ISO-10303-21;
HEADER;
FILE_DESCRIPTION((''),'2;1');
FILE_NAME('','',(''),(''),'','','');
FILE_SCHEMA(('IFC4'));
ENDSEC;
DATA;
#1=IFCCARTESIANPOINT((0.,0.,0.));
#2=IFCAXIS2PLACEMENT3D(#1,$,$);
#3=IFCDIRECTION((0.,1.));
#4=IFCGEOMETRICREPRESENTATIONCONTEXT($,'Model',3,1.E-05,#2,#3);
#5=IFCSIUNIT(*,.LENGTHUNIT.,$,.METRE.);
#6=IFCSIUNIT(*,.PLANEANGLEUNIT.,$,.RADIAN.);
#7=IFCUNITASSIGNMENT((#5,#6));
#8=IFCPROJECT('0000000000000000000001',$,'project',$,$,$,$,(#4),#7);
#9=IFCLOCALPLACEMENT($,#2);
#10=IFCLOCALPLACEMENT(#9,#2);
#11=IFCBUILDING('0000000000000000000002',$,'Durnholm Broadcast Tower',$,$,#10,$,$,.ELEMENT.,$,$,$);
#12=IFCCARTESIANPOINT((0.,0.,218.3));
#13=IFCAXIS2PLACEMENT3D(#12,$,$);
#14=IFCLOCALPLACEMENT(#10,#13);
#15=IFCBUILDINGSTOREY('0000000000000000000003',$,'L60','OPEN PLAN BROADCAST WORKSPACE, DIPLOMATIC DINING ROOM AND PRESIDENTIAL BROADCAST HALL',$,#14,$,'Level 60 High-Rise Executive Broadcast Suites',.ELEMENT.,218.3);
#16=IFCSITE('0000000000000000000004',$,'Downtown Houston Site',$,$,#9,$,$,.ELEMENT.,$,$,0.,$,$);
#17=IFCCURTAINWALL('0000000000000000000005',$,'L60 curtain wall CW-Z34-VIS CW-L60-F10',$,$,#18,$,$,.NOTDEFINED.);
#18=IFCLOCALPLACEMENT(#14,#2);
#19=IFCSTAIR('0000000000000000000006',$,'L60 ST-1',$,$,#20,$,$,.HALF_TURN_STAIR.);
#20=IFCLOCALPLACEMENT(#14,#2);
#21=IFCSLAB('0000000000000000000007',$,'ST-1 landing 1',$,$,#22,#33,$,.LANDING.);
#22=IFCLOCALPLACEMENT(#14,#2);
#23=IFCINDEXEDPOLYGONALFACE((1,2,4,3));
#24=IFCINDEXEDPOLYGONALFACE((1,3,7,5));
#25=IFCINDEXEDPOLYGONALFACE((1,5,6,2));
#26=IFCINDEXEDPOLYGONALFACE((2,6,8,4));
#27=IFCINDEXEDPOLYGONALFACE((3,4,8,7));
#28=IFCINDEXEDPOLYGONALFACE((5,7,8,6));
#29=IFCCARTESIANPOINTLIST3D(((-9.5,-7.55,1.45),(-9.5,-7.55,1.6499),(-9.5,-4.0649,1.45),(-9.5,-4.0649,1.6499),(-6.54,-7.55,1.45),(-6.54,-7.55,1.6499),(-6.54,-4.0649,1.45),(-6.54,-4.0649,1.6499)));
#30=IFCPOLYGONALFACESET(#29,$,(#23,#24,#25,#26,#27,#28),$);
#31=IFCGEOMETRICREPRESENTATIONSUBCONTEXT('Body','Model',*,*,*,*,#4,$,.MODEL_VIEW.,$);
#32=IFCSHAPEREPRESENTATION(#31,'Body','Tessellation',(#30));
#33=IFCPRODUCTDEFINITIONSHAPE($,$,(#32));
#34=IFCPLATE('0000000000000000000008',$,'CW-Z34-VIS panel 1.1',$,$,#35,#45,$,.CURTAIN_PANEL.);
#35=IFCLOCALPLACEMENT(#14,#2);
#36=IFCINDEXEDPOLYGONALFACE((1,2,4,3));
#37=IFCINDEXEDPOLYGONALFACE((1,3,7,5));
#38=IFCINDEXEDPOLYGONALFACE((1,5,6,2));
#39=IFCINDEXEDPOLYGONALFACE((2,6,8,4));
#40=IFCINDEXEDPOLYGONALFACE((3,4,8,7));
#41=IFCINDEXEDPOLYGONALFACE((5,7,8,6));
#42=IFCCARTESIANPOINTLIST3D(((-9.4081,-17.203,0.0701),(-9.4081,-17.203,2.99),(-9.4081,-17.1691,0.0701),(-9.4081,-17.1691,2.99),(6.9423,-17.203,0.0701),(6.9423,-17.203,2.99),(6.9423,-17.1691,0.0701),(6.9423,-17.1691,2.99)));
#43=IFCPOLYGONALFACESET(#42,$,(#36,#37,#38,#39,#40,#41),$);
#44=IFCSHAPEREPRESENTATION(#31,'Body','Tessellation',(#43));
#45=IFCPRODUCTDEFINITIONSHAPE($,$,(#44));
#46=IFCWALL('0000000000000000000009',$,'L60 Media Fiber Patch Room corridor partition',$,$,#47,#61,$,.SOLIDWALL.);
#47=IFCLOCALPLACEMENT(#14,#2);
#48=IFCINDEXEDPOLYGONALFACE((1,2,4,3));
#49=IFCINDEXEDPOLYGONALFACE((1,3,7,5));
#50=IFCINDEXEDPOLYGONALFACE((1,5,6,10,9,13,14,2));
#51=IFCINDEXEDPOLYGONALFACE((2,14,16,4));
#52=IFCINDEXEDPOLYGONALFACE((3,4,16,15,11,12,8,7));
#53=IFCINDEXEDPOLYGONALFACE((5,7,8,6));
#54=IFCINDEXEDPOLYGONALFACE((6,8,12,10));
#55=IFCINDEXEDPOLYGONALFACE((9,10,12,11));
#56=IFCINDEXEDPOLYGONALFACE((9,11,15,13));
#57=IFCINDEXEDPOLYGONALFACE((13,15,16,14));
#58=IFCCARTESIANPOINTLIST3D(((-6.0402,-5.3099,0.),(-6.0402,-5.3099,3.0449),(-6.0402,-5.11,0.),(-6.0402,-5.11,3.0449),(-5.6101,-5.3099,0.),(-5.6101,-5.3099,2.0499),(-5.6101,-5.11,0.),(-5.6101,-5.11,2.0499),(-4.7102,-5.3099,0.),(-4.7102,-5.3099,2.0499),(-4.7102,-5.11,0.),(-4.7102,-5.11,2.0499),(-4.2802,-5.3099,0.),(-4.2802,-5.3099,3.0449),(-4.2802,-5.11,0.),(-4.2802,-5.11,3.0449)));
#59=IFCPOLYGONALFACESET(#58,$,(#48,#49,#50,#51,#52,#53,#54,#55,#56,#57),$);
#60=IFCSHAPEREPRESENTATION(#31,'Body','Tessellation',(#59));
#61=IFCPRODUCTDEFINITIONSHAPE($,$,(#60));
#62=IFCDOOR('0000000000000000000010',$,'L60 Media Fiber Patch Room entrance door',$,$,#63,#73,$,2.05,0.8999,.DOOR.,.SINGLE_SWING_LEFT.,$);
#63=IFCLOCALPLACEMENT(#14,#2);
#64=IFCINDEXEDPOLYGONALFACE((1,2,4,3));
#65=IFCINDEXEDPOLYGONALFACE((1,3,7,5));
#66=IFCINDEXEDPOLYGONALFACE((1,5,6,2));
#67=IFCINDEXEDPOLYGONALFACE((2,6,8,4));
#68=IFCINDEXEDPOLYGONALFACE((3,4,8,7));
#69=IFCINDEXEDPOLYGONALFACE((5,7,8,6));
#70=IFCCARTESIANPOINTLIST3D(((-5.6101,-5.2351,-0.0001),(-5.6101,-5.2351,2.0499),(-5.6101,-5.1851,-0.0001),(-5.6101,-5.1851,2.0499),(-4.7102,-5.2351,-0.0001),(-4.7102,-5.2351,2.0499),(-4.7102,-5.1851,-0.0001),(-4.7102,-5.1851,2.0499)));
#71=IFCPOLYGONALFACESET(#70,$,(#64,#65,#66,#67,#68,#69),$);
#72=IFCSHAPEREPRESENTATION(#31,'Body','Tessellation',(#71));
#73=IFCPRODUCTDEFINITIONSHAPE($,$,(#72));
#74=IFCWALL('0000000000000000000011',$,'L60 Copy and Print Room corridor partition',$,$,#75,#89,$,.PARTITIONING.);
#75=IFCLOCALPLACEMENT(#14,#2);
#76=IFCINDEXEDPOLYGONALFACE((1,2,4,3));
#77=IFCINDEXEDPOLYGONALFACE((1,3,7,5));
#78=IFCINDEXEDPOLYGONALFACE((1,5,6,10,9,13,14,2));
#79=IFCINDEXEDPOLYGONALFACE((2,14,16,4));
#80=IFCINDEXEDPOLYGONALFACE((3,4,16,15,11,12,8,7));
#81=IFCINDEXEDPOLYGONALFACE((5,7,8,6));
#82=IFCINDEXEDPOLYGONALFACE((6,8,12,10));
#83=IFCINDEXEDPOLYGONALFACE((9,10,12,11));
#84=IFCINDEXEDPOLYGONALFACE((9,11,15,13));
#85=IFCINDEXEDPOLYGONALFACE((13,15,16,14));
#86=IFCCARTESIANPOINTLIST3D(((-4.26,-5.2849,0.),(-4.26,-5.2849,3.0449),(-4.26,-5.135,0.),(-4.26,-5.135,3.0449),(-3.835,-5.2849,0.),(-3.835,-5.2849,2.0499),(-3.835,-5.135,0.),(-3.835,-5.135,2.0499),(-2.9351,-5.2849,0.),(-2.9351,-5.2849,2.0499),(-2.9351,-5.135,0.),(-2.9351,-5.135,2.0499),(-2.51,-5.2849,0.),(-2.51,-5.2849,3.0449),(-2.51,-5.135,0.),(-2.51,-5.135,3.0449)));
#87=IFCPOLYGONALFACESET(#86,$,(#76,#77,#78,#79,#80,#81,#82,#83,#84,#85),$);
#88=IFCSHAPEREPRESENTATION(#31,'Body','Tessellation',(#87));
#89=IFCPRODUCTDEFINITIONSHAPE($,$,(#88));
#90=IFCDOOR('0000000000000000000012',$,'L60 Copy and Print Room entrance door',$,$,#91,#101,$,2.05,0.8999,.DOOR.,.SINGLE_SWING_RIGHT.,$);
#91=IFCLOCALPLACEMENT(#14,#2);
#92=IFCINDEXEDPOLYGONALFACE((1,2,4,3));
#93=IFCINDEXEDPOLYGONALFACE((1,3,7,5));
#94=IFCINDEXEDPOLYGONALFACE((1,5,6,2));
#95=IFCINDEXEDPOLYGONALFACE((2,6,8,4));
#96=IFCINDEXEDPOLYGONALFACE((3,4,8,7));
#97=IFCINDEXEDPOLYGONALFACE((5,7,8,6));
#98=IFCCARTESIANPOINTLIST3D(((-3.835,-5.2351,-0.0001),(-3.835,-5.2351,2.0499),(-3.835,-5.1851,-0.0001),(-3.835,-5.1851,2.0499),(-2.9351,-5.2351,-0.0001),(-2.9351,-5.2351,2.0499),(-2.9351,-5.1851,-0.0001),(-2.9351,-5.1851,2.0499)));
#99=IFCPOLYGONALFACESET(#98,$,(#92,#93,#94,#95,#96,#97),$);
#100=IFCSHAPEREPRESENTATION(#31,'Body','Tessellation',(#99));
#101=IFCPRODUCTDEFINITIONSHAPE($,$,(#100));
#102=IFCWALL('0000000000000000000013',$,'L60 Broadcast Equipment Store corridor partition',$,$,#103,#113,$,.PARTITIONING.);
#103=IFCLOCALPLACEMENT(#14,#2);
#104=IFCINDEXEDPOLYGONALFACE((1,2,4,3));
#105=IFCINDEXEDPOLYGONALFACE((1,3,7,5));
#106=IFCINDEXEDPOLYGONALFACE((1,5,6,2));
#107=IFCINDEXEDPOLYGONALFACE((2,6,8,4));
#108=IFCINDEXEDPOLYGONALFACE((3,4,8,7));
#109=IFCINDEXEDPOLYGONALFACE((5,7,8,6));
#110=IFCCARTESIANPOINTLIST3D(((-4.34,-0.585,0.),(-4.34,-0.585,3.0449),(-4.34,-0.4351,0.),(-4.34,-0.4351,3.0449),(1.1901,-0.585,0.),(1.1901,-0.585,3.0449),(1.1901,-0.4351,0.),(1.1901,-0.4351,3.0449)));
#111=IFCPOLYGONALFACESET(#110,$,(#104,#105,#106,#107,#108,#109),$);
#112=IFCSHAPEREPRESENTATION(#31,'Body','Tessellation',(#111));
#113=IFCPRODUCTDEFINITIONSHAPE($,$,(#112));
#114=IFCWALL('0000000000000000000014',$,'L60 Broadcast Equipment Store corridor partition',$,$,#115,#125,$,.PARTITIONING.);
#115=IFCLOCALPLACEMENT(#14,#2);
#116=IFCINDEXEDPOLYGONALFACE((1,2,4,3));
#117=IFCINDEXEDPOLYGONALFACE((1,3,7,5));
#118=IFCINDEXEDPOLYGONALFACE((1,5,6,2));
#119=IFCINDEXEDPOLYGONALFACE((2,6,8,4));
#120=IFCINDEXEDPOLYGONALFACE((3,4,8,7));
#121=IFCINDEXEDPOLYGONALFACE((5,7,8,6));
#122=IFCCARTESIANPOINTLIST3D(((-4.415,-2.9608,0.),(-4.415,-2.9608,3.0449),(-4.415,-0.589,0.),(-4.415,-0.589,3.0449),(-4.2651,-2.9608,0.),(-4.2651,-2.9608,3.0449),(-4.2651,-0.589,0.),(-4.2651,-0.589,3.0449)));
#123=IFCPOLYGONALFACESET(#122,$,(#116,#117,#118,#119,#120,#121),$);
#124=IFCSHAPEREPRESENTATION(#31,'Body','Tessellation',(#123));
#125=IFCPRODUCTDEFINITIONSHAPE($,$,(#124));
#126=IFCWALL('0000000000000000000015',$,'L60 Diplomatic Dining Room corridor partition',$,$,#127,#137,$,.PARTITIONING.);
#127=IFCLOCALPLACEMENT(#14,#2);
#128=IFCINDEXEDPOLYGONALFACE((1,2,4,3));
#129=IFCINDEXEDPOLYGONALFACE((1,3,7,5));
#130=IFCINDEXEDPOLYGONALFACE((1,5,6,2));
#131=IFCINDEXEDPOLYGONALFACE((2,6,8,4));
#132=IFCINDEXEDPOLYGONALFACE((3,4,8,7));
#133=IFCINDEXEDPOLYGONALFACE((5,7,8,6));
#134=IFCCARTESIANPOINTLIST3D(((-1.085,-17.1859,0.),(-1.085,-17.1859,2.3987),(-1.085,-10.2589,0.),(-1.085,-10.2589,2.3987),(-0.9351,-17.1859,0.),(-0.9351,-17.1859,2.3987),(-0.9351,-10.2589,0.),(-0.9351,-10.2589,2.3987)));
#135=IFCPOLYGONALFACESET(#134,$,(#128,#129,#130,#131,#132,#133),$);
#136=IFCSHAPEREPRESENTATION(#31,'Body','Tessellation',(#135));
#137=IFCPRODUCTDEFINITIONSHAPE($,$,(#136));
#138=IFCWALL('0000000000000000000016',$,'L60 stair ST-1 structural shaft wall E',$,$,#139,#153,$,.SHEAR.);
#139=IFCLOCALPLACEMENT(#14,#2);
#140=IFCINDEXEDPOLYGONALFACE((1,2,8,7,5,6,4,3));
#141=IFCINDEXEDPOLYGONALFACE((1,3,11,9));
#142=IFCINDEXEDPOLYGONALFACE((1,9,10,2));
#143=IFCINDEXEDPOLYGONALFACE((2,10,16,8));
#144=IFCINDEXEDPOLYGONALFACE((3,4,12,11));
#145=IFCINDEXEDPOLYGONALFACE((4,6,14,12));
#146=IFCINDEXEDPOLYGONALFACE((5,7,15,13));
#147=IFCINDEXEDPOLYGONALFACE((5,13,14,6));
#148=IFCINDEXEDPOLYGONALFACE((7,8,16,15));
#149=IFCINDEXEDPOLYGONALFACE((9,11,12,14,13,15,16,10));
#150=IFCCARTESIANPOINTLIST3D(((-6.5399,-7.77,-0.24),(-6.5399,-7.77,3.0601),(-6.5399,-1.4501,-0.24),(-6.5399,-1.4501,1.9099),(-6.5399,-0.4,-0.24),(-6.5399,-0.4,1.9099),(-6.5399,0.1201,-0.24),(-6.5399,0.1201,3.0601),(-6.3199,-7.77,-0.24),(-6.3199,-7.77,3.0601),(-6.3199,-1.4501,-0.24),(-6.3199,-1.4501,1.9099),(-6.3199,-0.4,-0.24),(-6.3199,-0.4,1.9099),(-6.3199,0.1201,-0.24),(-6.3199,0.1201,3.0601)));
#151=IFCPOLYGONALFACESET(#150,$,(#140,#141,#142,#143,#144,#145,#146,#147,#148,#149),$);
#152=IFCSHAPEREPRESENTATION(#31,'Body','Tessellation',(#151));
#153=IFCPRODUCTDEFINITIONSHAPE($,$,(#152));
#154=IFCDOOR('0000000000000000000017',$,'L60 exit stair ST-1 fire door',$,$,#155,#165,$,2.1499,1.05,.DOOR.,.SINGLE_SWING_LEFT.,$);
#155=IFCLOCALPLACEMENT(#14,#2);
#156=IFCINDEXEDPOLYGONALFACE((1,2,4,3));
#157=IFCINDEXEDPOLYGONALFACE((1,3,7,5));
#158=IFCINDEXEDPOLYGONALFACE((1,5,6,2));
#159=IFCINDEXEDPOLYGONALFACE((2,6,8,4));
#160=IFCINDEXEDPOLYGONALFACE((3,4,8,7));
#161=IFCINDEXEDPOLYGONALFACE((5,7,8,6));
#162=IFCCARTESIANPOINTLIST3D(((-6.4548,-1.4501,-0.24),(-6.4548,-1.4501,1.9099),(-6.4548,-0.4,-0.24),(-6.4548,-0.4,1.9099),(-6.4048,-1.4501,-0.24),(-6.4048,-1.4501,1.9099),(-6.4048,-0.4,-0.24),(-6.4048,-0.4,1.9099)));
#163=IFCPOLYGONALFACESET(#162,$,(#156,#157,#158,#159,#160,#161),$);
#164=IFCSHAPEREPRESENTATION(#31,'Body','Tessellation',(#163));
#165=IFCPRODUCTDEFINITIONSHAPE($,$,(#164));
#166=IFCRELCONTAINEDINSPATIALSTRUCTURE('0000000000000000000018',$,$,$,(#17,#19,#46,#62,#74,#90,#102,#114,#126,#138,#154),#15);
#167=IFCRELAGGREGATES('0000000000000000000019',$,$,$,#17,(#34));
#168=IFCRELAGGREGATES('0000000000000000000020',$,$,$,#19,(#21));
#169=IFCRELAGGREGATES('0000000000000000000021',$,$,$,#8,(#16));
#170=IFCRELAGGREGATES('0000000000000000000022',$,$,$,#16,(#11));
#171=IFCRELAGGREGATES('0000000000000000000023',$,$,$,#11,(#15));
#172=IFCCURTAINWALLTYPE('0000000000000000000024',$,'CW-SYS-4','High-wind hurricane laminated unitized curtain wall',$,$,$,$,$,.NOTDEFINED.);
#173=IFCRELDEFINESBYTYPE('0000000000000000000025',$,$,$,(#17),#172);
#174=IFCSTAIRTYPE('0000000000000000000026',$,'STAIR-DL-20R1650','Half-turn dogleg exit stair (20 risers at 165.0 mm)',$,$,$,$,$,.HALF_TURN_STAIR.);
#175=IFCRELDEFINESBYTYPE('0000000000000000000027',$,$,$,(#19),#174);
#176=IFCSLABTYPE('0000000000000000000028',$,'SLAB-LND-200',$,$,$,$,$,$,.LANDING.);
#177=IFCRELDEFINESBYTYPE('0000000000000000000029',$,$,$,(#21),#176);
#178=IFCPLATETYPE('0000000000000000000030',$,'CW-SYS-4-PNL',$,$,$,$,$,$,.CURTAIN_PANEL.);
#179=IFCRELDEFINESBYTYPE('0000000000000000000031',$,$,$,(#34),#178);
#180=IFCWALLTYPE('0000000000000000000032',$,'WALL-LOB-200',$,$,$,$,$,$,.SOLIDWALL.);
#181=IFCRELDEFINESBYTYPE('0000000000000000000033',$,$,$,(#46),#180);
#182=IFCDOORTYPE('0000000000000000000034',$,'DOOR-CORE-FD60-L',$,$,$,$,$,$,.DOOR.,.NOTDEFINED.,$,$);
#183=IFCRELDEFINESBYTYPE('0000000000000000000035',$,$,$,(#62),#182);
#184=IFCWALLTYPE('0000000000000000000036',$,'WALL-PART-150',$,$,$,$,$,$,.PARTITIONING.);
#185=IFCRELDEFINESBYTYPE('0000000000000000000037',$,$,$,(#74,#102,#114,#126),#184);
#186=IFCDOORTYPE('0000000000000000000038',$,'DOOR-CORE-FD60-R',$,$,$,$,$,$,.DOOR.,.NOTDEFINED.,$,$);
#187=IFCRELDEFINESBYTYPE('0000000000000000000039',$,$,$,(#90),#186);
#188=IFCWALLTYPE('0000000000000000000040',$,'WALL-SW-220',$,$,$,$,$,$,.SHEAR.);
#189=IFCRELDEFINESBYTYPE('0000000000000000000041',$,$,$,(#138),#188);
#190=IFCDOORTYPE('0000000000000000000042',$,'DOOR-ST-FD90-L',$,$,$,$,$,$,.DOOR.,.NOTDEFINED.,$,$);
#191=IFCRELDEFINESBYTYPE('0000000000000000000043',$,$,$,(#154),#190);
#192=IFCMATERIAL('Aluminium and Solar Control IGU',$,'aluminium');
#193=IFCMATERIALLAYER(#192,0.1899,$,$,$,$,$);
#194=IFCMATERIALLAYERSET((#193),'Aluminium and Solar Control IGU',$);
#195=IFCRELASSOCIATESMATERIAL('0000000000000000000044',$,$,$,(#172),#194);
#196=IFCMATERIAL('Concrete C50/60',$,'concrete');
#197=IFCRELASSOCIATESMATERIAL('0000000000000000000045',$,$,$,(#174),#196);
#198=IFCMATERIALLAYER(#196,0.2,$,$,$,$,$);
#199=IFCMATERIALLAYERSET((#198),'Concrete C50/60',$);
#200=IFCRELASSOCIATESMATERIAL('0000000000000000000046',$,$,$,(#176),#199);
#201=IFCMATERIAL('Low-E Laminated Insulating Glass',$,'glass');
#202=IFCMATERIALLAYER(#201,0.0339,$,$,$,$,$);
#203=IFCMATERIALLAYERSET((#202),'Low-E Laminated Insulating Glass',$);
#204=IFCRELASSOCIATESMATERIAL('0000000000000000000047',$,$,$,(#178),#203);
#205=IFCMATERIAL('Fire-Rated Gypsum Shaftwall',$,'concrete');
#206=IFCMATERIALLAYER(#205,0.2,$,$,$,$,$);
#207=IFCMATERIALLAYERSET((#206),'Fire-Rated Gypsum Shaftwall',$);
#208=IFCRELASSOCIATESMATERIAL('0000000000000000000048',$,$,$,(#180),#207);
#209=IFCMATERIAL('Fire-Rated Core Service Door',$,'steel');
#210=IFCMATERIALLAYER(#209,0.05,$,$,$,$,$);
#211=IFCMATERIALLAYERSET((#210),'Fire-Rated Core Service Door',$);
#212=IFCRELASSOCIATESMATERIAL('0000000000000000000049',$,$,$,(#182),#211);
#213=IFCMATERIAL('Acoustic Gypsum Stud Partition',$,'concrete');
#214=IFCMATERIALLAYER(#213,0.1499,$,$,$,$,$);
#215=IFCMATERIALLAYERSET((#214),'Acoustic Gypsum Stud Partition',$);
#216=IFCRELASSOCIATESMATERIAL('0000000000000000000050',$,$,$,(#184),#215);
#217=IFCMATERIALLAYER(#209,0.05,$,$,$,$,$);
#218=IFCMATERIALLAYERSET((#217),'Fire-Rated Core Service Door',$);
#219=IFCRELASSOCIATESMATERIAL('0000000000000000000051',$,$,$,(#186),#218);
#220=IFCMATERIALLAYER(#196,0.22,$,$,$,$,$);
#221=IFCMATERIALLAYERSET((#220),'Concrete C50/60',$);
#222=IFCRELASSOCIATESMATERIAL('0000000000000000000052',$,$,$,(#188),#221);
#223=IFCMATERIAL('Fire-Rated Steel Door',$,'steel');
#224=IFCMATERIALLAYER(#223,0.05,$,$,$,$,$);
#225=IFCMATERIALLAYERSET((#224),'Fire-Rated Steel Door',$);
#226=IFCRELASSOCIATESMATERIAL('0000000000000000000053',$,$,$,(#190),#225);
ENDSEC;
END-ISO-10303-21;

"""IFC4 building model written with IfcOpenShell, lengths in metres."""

from ifc_helpers import new_model, si_unit, direction, frame, frame_2d, origin, origin_2d, place, context, subcontext, project, spatial, polyline, rectangle, outline, extrude, source, transform, mapped, material, layer, layer_set, type_object, type_shapes, element, fill, aggregate, save


model = new_model("IFC4")

# Units and contexts
model_context = context("Model", 3, precision=1e-05, world=origin(), true_north=direction((0.0, 1.0)))
body_context = subcontext(model_context, "Body", "Model", "MODEL_VIEW")
ifc_project = project(units=[si_unit("LENGTHUNIT", "METRE"), si_unit("PLANEANGLEUNIT", "RADIAN")], contexts=[model_context])

# Site, building, storey
site_placement = place(None, origin())
site = spatial("IfcSite", under=ifc_project, at=site_placement, Name="Downtown Houston Site", CompositionType="ELEMENT", RefElevation=0.0)
building_placement = place(site_placement, origin())
building = spatial("IfcBuilding", under=site, at=building_placement, Name="Durnholm Broadcast Tower", CompositionType="ELEMENT")
storey_placement = place(building_placement, frame((0.0, 0.0, 218.3)))
storey = spatial("IfcBuildingStorey", under=building, at=storey_placement, Name="L60", Description="OPEN PLAN BROADCAST WORKSPACE, DIPLOMATIC DINING ROOM AND PRESIDENTIAL BROADCAST HALL", LongName="Level 60 High-Rise Executive Broadcast Suites", CompositionType="ELEMENT", Elevation=218.3)

# Curtain wall
ifc_material_1 = material(Name="Aluminium and Solar Control IGU", Category="aluminium")
ifc_layer_1 = layer(ifc_material_1, 0.1899)
ifc_layer_set_1 = layer_set([ifc_layer_1], Name="Aluminium and Solar Control IGU")
curtain_wall_type_1 = type_object("IfcCurtainWallType", Name="CW-SYS-4", Description="High-wind hurricane laminated unitized curtain wall", PredefinedType="NOTDEFINED", material=ifc_layer_set_1)
curtain_wall_1_placement = place(storey_placement, origin())
curtain_wall_1 = element("IfcCurtainWall", 1, at=curtain_wall_1_placement, inside=storey, type_object=curtain_wall_type_1, Name="L60 curtain wall CW-Z34-VIS CW-L60-F10", PredefinedType="NOTDEFINED")

# Shared definitions
ifc_material_2 = material(Name="Concrete C50/60", Category="concrete")

# Stair, slab
stair_type = type_object("IfcStairType", Name="STAIR-DL-20R1650", Description="Half-turn dogleg exit stair (20 risers at 165.0 mm)", PredefinedType="HALF_TURN_STAIR", material=ifc_material_2)
stair_placement = place(storey_placement, origin())
stair = element("IfcStair", 2, at=stair_placement, inside=storey, type_object=stair_type, Name="L60 ST-1", PredefinedType="HALF_TURN_STAIR")
ifc_layer_2 = layer(ifc_material_2, 0.2)
ifc_layer_set_2 = layer_set([ifc_layer_2], Name="Concrete C50/60")
slab_type_1 = type_object("IfcSlabType", Name="SLAB-LND-200", PredefinedType="LANDING", material=ifc_layer_set_2)
slab_1_placement = place(storey_placement, frame((0.0, 0.0, 1.45)))
slab_1 = element("IfcSlab", 3, at=slab_1_placement, type_object=slab_type_1, Name="ST-1 landing 1", PredefinedType="LANDING", context=body_context, shape_type="SweptSolid", body=[
    extrude(outline(polyline([(-9.5, -4.0649), (-9.5, -7.55), (-6.54, -7.55), (-6.54, -4.0649), (-9.5, -4.0649)])), origin(), (0.0, 0.0, 1.0), 0.2),
])

# Plate
ifc_material_3 = material(Name="Low-E Laminated Insulating Glass", Category="glass")
ifc_layer_3 = layer(ifc_material_3, 0.0339)
ifc_layer_set_3 = layer_set([ifc_layer_3], Name="Low-E Laminated Insulating Glass")
plate_type = type_object("IfcPlateType", Name="CW-SYS-4-PNL", PredefinedType="CURTAIN_PANEL", material=ifc_layer_set_3)
shared_shape_1 = source(origin(), body_context, "Body", "SweptSolid", [
    extrude(rectangle(XDim=16.3503, YDim=0.0339, at=origin_2d()), origin(), (0.0, 0.0, 1.0), 2.9199),
])
type_shapes(plate_type, [shared_shape_1])
plate_placement = place(storey_placement, frame((-1.2329, -17.186, 0.0701), z_axis=(0.0, 0.0, 1.0), x_axis=(-1.0, 0.0, 0.0)))
plate = element("IfcPlate", 4, at=plate_placement, type_object=plate_type, Name="CW-Z34-VIS panel 1.1", PredefinedType="CURTAIN_PANEL", context=body_context, shape_type="MappedRepresentation", body=[
    mapped(shared_shape_1, transform((0.0, 0.0, 0.0), x_axis=(1.0, 0.0, 0.0), y_axis=(0.0, 1.0, 0.0), z_axis=(0.0, 0.0, 1.0), scale=1.0)),
])
aggregate(curtain_wall_1, [plate])

# Walls, openings, doors
ifc_material_4 = material(Name="Fire-Rated Gypsum Shaftwall", Category="concrete")
ifc_layer_4 = layer(ifc_material_4, 0.2)
ifc_layer_set_4 = layer_set([ifc_layer_4], Name="Fire-Rated Gypsum Shaftwall")
wall_type_1 = type_object("IfcWallType", Name="WALL-LOB-200", PredefinedType="SOLIDWALL", material=ifc_layer_set_4)
wall_1_placement = place(storey_placement, frame((-6.04, -5.21, 0.0), z_axis=(0.0, 0.0, 1.0), x_axis=(1.0, 0.0, 0.0)))
wall_1 = element("IfcWall", 5, at=wall_1_placement, inside=storey, type_object=wall_type_1, Name="L60 Media Fiber Patch Room corridor partition", PredefinedType="SOLIDWALL", context=body_context, shape_type="SweptSolid", body=[
    extrude(rectangle(XDim=1.76, YDim=0.2, at=frame_2d((0.8799, 0.0))), origin(), (0.0, 0.0, 1.0), 3.0449),
])
opening_1_placement = place(wall_1_placement, frame((0.4299, 0.0, 0.0)))
opening_1 = element("IfcOpeningElement", 6, at=opening_1_placement, cuts=wall_1, PredefinedType="OPENING", context=body_context, shape_type="SweptSolid", body=[
    extrude(rectangle(XDim=0.8999, YDim=2.05, at=frame_2d((0.45, 1.0249))), frame((0.0, 0.1099, 0.0), z_axis=(0.0, -1.0, 0.0), x_axis=(1.0, 0.0, 0.0)), (0.0, 0.0, 1.0), 0.22),
])
ifc_material_5 = material(Name="Fire-Rated Core Service Door", Category="steel")
ifc_layer_5 = layer(ifc_material_5, 0.05)
ifc_layer_set_5 = layer_set([ifc_layer_5], Name="Fire-Rated Core Service Door")
door_type_1 = type_object("IfcDoorType", Name="DOOR-CORE-FD60-L", OperationType="NOTDEFINED", PredefinedType="DOOR", material=ifc_layer_set_5)
shared_shape_2 = source(origin(), body_context, "Body", "SweptSolid", [
    extrude(rectangle(XDim=0.8999, YDim=2.05, at=frame_2d((0.45, 1.0249))), frame((0.0, 0.0249, 0.0), z_axis=(0.0, -1.0, 0.0), x_axis=(1.0, 0.0, 0.0)), (0.0, 0.0, 1.0), 0.05),
])
type_shapes(door_type_1, [shared_shape_2])
door_1_placement = place(opening_1_placement, origin())
door_1 = element("IfcDoor", 7, at=door_1_placement, inside=storey, type_object=door_type_1, Name="L60 Media Fiber Patch Room entrance door", OperationType="SINGLE_SWING_LEFT", OverallHeight=2.05, OverallWidth=0.8999, PredefinedType="DOOR", context=body_context, shape_type="MappedRepresentation", body=[
    mapped(shared_shape_2, transform((0.0, 0.0, 0.0), x_axis=(1.0, 0.0, 0.0), y_axis=(0.0, 1.0, 0.0), z_axis=(0.0, 0.0, 1.0), scale=1.0)),
])
fill(opening_1, door_1)
ifc_material_6 = material(Name="Acoustic Gypsum Stud Partition", Category="concrete")
ifc_layer_6 = layer(ifc_material_6, 0.1499)
ifc_layer_set_6 = layer_set([ifc_layer_6], Name="Acoustic Gypsum Stud Partition")
wall_type_2 = type_object("IfcWallType", Name="WALL-PART-150", PredefinedType="PARTITIONING", material=ifc_layer_set_6)
wall_2_placement = place(storey_placement, frame((-4.26, -5.21, 0.0), z_axis=(0.0, 0.0, 1.0), x_axis=(1.0, 0.0, 0.0)))
wall_2 = element("IfcWall", 8, at=wall_2_placement, inside=storey, type_object=wall_type_2, Name="L60 Copy and Print Room corridor partition", PredefinedType="PARTITIONING", context=body_context, shape_type="SweptSolid", body=[
    extrude(rectangle(XDim=1.75, YDim=0.1499, at=frame_2d((0.875, 0.0))), origin(), (0.0, 0.0, 1.0), 3.0449),
])
opening_2_placement = place(wall_2_placement, frame((0.425, 0.0, 0.0)))
opening_2 = element("IfcOpeningElement", 9, at=opening_2_placement, cuts=wall_2, PredefinedType="OPENING", context=body_context, shape_type="SweptSolid", body=[
    extrude(rectangle(XDim=0.8999, YDim=2.05, at=frame_2d((0.45, 1.0249))), frame((0.0, 0.085, 0.0), z_axis=(0.0, -1.0, 0.0), x_axis=(1.0, 0.0, 0.0)), (0.0, 0.0, 1.0), 0.1699),
])
ifc_layer_7 = layer(ifc_material_5, 0.05)
ifc_layer_set_7 = layer_set([ifc_layer_7], Name="Fire-Rated Core Service Door")
door_type_2 = type_object("IfcDoorType", Name="DOOR-CORE-FD60-R", OperationType="NOTDEFINED", PredefinedType="DOOR", material=ifc_layer_set_7)
shared_shape_3 = source(origin(), body_context, "Body", "SweptSolid", [
    extrude(rectangle(XDim=0.8999, YDim=2.05, at=frame_2d((0.45, 1.0249))), frame((0.0, 0.0249, 0.0), z_axis=(0.0, -1.0, 0.0), x_axis=(1.0, 0.0, 0.0)), (0.0, 0.0, 1.0), 0.05),
])
type_shapes(door_type_2, [shared_shape_3])
door_2_placement = place(opening_2_placement, origin())
door_2 = element("IfcDoor", 10, at=door_2_placement, inside=storey, type_object=door_type_2, Name="L60 Copy and Print Room entrance door", OperationType="SINGLE_SWING_RIGHT", OverallHeight=2.05, OverallWidth=0.8999, PredefinedType="DOOR", context=body_context, shape_type="MappedRepresentation", body=[
    mapped(shared_shape_3, transform((0.0, 0.0, 0.0), x_axis=(1.0, 0.0, 0.0), y_axis=(0.0, 1.0, 0.0), z_axis=(0.0, 0.0, 1.0), scale=1.0)),
])
fill(opening_2, door_2)

# Walls
wall_3_placement = place(storey_placement, frame((-4.3401, -0.51, 0.0), z_axis=(0.0, 0.0, 1.0), x_axis=(1.0, 0.0, 0.0)))
element("IfcWall", 11, at=wall_3_placement, inside=storey, type_object=wall_type_2, Name="L60 Broadcast Equipment Store corridor partition", PredefinedType="PARTITIONING", context=body_context, shape_type="SweptSolid", body=[
    extrude(rectangle(XDim=5.53, YDim=0.1499, at=frame_2d((2.7651, 0.0))), origin(), (0.0, 0.0, 1.0), 3.0449),
])
wall_4_placement = place(storey_placement, frame((-4.3401, -2.9609, 0.0), z_axis=(0.0, 0.0, 1.0), x_axis=(0.0, 1.0, 0.0)))
element("IfcWall", 12, at=wall_4_placement, inside=storey, type_object=wall_type_2, Name="L60 Broadcast Equipment Store corridor partition", PredefinedType="PARTITIONING", context=body_context, shape_type="SweptSolid", body=[
    extrude(rectangle(XDim=2.3718, YDim=0.1499, at=frame_2d((1.186, 0.0))), origin(), (0.0, 0.0, 1.0), 3.0449),
])
wall_5_placement = place(storey_placement, frame((-1.01, -10.259, 0.0), z_axis=(0.0, 0.0, 1.0), x_axis=(0.0, -1.0, 0.0)))
element("IfcWall", 13, at=wall_5_placement, inside=storey, type_object=wall_type_2, Name="L60 Diplomatic Dining Room corridor partition", PredefinedType="PARTITIONING", context=body_context, shape_type="SweptSolid", body=[
    extrude(rectangle(XDim=6.927, YDim=0.1499, at=frame_2d((3.4634, 0.0))), origin(), (0.0, 0.0, 1.0), 2.3987),
])

# Wall, opening, door
ifc_layer_8 = layer(ifc_material_2, 0.22)
ifc_layer_set_8 = layer_set([ifc_layer_8], Name="Concrete C50/60")
wall_type_3 = type_object("IfcWallType", Name="WALL-SW-220", PredefinedType="SHEAR", material=ifc_layer_set_8)
wall_6_placement = place(storey_placement, frame((-6.4299, -7.77, -0.24), z_axis=(0.0, 0.0, 1.0), x_axis=(0.0, 1.0, 0.0)))
wall_6 = element("IfcWall", 14, at=wall_6_placement, inside=storey, type_object=wall_type_3, Name="L60 stair ST-1 structural shaft wall E", PredefinedType="SHEAR", context=body_context, shape_type="SweptSolid", body=[
    extrude(rectangle(XDim=7.8901, YDim=0.22, at=frame_2d((3.9451, 0.0))), origin(), (0.0, 0.0, 1.0), 3.3),
])
opening_3_placement = place(wall_6_placement, frame((6.3201, 0.0, 0.0)))
opening_3 = element("IfcOpeningElement", 15, at=opening_3_placement, cuts=wall_6, PredefinedType="OPENING", context=body_context, shape_type="SweptSolid", body=[
    extrude(rectangle(XDim=1.05, YDim=2.1499, at=frame_2d((0.5249, 1.075))), frame((0.0, 0.1201, 0.0), z_axis=(0.0, -1.0, 0.0), x_axis=(1.0, 0.0, 0.0)), (0.0, 0.0, 1.0), 0.24),
])
ifc_material_7 = material(Name="Fire-Rated Steel Door", Category="steel")
ifc_layer_9 = layer(ifc_material_7, 0.05)
ifc_layer_set_9 = layer_set([ifc_layer_9], Name="Fire-Rated Steel Door")
door_type_3 = type_object("IfcDoorType", Name="DOOR-ST-FD90-L", OperationType="NOTDEFINED", PredefinedType="DOOR", material=ifc_layer_set_9)
shared_shape_4 = source(origin(), body_context, "Body", "SweptSolid", [
    extrude(rectangle(XDim=1.05, YDim=2.1499, at=frame_2d((0.5249, 1.075))), frame((0.0, 0.0249, 0.0), z_axis=(0.0, -1.0, 0.0), x_axis=(1.0, 0.0, 0.0)), (0.0, 0.0, 1.0), 0.05),
])
type_shapes(door_type_3, [shared_shape_4])
door_3_placement = place(opening_3_placement, origin())
door_3 = element("IfcDoor", 16, at=door_3_placement, inside=storey, type_object=door_type_3, Name="L60 exit stair ST-1 fire door", OperationType="SINGLE_SWING_LEFT", OverallHeight=2.1499, OverallWidth=1.05, PredefinedType="DOOR", context=body_context, shape_type="MappedRepresentation", body=[
    mapped(shared_shape_4, transform((0.0, 0.0, 0.0), x_axis=(1.0, 0.0, 0.0), y_axis=(0.0, 1.0, 0.0), z_axis=(0.0, 0.0, 1.0), scale=1.0)),
])
fill(opening_3, door_3)

aggregate(stair, [slab_1])

save(model, "model.ifc")
